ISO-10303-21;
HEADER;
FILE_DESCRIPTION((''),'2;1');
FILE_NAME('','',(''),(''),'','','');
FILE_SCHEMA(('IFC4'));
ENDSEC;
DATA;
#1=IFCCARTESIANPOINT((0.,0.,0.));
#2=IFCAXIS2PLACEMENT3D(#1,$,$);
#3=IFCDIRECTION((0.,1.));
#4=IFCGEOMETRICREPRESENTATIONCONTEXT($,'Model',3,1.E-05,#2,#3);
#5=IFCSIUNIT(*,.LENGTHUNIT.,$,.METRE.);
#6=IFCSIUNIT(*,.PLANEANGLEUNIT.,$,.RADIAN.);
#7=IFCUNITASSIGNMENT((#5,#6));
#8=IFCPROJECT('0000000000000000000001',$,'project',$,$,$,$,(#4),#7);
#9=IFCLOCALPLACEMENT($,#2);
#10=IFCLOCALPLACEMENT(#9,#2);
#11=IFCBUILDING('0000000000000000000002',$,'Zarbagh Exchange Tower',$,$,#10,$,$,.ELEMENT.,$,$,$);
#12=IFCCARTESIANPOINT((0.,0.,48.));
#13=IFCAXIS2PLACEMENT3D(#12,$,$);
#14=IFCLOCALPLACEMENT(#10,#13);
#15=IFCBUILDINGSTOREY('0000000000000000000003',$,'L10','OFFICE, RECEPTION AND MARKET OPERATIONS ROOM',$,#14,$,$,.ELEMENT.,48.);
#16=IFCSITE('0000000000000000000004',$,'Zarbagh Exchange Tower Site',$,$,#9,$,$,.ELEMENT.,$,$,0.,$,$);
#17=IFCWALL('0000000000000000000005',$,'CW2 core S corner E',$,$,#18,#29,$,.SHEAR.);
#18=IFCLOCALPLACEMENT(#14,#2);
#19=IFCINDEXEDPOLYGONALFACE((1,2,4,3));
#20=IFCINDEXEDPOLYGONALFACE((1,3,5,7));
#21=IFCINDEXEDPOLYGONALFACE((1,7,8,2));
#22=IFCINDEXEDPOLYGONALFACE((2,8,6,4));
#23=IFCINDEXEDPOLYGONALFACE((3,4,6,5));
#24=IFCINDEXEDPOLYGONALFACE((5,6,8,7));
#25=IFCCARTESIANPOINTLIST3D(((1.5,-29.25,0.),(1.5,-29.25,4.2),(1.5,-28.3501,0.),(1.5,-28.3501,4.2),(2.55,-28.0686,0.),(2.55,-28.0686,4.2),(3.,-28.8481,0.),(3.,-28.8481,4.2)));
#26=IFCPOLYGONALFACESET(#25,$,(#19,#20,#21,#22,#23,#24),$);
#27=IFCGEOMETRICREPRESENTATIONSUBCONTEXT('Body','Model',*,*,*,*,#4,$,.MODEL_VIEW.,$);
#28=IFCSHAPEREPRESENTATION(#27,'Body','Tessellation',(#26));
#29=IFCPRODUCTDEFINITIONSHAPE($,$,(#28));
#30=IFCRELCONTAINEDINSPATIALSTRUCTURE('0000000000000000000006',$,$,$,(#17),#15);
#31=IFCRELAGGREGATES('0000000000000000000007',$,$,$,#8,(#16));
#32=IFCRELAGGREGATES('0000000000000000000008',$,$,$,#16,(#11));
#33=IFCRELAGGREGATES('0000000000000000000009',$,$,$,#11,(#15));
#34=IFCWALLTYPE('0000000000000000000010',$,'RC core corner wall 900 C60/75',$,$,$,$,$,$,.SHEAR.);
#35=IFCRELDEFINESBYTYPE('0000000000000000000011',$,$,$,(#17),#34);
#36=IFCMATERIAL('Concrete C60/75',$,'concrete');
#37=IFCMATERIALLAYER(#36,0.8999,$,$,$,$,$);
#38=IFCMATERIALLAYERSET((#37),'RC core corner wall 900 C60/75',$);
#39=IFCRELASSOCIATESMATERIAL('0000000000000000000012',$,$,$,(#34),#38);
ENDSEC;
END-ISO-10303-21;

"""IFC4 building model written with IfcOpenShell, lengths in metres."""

from ifc_helpers import new_model, si_unit, direction, frame, origin, place, context, subcontext, project, spatial, polyline, outline, extrude, material, layer, layer_set, type_object, element, save


model = new_model("IFC4")

# Units and contexts
model_context = context("Model", 3, precision=1e-05, world=origin(), true_north=direction((0.0, 1.0)))
body_context = subcontext(model_context, "Body", "Model", "MODEL_VIEW")
ifc_project = project(units=[si_unit("LENGTHUNIT", "METRE"), si_unit("PLANEANGLEUNIT", "RADIAN")], contexts=[model_context])

# Site, building, storey
site_placement = place(None, origin())
site = spatial("IfcSite", under=ifc_project, at=site_placement, Name="Zarbagh Exchange Tower Site", CompositionType="ELEMENT", RefElevation=0.0)
building_placement = place(site_placement, origin())
building = spatial("IfcBuilding", under=site, at=building_placement, Name="Zarbagh Exchange Tower", CompositionType="ELEMENT")
storey_placement = place(building_placement, frame((0.0, 0.0, 48.0)))
storey = spatial("IfcBuildingStorey", under=building, at=storey_placement, Name="L10", Description="OFFICE, RECEPTION AND MARKET OPERATIONS ROOM", CompositionType="ELEMENT", Elevation=48.0)

# Wall
ifc_material_1 = material(Name="Concrete C60/75", Category="concrete")
ifc_layer_1 = layer(ifc_material_1, 0.8999)
ifc_layer_set_1 = layer_set([ifc_layer_1], Name="RC core corner wall 900 C60/75")
wall_type = type_object("IfcWallType", Name="RC core corner wall 900 C60/75", PredefinedType="SHEAR", material=ifc_layer_set_1)
wall_1_placement = place(storey_placement, origin())
element("IfcWall", 1, at=wall_1_placement, inside=storey, type_object=wall_type, Name="CW2 core S corner E", PredefinedType="SHEAR", context=body_context, shape_type="SweptSolid", body=[
    extrude(outline(polyline([(3.0, -28.8481), (1.5, -29.25), (1.5, -28.3501), (2.55, -28.0686), (3.0, -28.8481)])), origin(), (0.0, 0.0, 1.0), 4.2),
])

save(model, "model.ifc")
